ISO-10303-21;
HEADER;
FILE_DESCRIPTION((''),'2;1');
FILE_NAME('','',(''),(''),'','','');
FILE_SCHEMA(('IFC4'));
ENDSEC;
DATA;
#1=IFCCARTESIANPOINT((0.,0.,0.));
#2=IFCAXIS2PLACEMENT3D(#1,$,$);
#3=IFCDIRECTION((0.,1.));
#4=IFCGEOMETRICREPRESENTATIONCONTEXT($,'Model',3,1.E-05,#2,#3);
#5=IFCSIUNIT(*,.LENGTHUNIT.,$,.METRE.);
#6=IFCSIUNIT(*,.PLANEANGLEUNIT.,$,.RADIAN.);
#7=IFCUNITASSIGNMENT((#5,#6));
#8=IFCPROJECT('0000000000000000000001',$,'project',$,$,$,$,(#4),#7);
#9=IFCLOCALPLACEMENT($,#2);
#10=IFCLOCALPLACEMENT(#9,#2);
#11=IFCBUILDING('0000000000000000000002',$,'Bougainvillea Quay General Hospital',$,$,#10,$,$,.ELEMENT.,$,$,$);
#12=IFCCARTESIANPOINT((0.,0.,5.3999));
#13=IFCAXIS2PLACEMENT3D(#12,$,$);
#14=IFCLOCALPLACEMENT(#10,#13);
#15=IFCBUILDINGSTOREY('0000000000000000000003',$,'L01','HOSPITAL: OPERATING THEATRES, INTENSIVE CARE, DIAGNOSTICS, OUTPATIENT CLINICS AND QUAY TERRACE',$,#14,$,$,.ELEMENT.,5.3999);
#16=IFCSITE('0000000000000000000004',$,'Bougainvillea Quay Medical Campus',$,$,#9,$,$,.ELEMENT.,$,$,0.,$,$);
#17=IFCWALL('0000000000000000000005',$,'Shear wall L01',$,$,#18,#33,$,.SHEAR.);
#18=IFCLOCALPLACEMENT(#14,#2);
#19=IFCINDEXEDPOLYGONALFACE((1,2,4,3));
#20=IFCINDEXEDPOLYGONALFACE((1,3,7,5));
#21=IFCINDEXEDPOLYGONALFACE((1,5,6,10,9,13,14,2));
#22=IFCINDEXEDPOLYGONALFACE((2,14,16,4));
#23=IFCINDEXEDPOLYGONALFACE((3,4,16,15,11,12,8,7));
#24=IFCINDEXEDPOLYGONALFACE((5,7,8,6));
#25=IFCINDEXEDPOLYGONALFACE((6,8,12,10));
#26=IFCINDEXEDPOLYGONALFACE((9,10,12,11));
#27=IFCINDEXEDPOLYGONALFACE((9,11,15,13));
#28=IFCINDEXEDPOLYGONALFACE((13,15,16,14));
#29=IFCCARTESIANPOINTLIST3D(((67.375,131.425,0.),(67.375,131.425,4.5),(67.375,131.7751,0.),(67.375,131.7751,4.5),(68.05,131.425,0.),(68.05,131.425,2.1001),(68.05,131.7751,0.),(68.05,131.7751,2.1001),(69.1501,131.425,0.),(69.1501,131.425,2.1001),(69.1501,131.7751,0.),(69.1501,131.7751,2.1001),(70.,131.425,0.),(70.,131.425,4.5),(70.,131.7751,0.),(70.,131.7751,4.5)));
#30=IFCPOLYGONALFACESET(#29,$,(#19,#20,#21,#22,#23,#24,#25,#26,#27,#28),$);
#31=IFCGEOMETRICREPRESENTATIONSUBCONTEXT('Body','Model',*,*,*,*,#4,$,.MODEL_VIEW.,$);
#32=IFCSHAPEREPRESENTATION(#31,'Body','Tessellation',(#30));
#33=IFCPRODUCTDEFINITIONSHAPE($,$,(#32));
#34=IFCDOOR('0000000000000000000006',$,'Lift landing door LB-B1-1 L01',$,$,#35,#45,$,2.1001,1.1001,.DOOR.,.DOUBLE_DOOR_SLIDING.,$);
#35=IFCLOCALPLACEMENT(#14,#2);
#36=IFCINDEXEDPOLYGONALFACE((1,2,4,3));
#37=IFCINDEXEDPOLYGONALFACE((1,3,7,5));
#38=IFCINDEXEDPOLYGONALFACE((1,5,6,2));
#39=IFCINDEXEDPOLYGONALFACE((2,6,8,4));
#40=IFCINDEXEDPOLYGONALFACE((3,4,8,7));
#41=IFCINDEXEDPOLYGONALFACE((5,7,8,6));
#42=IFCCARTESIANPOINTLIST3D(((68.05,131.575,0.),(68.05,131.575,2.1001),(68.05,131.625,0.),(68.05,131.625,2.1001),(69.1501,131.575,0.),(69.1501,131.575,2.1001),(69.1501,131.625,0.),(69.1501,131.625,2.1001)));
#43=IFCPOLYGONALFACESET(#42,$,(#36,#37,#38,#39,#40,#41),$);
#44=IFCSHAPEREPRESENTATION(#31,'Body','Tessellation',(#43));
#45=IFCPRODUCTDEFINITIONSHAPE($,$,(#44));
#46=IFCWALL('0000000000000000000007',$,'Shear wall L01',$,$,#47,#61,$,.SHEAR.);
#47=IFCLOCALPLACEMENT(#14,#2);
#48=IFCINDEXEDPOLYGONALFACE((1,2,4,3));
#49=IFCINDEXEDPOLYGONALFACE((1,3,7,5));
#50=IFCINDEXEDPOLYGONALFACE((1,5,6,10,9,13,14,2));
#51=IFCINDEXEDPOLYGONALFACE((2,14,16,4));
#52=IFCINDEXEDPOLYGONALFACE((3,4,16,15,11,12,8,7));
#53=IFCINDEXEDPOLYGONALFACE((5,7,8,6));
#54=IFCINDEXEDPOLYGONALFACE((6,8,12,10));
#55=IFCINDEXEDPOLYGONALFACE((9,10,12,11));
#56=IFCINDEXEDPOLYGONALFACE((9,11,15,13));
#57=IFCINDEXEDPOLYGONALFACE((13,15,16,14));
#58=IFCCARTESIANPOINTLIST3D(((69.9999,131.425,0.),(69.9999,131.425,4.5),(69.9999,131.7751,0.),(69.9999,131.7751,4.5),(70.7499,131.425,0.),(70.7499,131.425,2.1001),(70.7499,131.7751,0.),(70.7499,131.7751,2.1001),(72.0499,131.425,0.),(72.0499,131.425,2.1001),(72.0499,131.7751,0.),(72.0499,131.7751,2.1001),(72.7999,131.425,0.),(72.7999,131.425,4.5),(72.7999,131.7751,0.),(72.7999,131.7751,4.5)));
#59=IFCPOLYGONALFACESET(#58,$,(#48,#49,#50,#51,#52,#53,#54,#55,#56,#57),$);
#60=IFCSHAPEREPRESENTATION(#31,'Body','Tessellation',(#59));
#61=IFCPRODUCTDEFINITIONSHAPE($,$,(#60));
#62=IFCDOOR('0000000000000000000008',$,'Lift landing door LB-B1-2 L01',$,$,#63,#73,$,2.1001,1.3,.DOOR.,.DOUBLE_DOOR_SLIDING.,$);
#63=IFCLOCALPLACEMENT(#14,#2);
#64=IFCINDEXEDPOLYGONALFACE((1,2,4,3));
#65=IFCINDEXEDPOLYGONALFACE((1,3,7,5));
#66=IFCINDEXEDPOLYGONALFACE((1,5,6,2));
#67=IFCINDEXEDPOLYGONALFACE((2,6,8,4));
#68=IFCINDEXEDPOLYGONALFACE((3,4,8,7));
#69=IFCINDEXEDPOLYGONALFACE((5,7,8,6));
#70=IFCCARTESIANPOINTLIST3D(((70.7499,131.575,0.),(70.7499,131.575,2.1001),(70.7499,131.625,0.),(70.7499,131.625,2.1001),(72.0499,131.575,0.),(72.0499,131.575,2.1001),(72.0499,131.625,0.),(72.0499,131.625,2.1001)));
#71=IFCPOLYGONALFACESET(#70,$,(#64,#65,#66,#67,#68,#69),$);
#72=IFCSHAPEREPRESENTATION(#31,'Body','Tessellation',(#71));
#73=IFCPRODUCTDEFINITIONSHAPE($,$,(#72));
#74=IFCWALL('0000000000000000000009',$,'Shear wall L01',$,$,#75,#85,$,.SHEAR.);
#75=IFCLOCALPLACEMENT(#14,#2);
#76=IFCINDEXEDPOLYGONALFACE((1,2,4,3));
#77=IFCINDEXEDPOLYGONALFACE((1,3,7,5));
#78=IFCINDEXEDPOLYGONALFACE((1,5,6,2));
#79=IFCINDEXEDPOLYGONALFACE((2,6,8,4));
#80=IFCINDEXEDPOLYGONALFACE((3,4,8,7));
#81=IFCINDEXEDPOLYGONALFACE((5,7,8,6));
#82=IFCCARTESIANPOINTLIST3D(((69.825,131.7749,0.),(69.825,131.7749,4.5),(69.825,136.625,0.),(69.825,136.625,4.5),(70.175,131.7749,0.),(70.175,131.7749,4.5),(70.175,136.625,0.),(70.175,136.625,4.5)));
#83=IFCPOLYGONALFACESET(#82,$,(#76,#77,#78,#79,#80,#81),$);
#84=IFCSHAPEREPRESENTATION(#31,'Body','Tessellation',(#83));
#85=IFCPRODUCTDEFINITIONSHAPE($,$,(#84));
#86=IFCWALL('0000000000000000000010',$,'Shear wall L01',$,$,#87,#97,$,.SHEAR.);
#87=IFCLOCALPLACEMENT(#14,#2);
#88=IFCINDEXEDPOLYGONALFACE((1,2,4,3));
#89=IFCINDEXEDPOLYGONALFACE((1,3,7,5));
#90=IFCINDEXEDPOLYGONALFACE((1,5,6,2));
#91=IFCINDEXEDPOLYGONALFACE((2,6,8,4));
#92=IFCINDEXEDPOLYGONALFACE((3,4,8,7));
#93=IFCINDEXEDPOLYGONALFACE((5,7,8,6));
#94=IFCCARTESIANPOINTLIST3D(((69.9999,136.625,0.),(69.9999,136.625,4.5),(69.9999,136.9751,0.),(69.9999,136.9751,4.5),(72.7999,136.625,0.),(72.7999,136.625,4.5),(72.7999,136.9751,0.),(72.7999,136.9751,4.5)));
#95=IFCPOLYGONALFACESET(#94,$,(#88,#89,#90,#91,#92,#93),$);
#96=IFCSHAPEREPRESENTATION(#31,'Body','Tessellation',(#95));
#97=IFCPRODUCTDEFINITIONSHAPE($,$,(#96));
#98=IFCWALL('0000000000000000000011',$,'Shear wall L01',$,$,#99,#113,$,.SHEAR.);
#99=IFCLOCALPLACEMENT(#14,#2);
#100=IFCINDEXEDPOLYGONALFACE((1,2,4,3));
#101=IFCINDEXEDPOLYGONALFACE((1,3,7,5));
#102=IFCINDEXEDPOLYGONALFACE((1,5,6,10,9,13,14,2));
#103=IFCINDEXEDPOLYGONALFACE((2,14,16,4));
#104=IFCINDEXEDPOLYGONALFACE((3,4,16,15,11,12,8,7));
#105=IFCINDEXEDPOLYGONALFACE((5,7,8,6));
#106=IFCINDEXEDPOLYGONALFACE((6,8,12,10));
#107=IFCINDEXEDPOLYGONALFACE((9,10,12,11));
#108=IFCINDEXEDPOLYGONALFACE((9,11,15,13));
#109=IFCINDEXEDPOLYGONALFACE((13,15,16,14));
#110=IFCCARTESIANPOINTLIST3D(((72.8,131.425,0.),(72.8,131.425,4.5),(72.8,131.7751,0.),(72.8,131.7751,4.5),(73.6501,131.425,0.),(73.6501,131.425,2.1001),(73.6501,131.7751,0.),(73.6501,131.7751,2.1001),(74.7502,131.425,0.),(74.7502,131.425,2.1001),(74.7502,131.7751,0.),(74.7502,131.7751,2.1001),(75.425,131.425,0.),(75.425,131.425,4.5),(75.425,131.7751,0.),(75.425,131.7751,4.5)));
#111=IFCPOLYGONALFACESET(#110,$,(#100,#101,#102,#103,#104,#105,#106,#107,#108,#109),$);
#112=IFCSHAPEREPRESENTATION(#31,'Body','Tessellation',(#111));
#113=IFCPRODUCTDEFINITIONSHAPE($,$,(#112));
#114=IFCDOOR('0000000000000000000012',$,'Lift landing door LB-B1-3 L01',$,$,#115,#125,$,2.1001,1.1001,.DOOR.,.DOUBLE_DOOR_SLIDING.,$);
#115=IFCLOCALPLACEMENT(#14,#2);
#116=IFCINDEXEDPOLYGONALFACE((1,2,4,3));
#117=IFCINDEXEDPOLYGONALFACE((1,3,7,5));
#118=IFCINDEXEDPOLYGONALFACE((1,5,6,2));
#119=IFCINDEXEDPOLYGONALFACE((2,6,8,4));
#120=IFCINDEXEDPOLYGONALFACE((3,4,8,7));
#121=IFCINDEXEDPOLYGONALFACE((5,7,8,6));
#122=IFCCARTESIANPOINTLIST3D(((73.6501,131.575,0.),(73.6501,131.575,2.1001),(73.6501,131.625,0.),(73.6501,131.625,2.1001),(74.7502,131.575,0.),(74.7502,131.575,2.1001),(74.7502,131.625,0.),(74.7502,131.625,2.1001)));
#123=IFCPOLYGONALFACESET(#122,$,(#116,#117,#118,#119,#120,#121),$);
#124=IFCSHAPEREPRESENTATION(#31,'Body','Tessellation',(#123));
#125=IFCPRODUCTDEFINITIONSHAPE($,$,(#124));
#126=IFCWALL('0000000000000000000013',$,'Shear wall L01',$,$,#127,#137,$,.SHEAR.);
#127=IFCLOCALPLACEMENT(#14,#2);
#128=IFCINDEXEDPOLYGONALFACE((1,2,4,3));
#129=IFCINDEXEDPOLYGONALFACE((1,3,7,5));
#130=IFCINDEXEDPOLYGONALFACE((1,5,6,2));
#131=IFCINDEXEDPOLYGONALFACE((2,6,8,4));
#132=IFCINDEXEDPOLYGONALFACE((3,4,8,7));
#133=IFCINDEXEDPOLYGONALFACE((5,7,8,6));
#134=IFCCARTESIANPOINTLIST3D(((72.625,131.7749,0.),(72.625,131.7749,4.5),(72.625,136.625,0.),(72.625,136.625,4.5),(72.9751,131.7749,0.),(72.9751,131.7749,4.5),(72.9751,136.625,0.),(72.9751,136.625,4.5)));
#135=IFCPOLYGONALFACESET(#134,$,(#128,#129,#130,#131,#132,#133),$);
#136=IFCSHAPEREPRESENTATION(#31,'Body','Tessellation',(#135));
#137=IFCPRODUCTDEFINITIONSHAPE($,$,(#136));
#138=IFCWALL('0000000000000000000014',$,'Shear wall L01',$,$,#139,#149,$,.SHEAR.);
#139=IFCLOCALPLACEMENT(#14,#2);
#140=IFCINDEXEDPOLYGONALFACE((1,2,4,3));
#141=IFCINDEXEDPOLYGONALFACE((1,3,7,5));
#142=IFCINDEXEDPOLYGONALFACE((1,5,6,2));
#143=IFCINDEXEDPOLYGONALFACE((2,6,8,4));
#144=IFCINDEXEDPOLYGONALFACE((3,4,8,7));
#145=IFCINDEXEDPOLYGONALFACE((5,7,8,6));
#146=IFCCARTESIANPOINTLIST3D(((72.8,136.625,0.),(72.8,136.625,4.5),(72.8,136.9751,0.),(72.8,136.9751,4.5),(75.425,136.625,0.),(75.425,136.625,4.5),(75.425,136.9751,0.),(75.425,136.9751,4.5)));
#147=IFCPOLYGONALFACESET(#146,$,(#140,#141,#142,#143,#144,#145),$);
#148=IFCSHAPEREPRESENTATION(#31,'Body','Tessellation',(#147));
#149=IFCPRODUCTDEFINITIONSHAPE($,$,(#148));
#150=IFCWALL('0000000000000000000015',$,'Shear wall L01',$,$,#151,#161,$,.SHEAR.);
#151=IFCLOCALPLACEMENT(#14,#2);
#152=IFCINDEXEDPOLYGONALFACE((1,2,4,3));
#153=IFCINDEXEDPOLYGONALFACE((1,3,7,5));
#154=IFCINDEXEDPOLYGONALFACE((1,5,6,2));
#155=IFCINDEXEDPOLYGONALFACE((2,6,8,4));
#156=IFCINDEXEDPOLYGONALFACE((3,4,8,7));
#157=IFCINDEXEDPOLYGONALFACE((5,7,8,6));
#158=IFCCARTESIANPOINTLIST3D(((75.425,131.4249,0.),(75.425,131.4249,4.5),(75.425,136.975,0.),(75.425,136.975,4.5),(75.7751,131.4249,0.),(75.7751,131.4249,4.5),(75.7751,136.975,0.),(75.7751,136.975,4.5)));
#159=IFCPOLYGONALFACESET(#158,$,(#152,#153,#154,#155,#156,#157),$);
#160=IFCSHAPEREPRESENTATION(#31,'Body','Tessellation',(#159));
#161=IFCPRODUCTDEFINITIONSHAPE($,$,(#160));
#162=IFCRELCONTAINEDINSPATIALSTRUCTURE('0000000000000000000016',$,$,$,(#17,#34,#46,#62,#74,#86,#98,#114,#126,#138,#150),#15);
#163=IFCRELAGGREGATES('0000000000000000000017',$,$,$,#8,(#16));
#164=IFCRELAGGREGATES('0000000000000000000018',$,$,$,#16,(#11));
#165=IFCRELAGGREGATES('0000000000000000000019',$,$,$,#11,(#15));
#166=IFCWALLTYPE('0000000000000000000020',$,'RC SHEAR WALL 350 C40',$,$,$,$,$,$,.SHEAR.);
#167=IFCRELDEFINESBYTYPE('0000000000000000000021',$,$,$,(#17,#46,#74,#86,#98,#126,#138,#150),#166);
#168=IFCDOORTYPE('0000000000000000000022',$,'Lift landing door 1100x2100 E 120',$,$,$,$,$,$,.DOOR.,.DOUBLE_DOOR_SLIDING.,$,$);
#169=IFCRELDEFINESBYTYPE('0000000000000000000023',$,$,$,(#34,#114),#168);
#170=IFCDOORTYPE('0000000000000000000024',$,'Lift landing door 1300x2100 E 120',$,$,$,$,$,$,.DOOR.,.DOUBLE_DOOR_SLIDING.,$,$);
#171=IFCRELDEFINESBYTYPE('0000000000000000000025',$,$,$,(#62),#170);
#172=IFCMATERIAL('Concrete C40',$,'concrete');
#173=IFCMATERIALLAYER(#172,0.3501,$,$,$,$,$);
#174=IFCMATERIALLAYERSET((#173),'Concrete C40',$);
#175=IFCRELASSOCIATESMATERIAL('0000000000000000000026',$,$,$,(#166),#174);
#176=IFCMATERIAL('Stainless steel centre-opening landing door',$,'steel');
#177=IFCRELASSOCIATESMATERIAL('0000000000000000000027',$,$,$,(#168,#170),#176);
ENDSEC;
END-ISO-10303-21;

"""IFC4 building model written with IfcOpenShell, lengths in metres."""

from ifc_helpers import new_model, si_unit, direction, frame, frame_2d, origin, place, context, subcontext, project, spatial, rectangle, extrude, material, layer, layer_set, type_object, element, fill, save


model = new_model("IFC4")

# Units and contexts
model_context = context("Model", 3, precision=1e-05, world=origin(), true_north=direction((0.0, 1.0)))
body_context = subcontext(model_context, "Body", "Model", "MODEL_VIEW")
ifc_project = project(units=[si_unit("LENGTHUNIT", "METRE"), si_unit("PLANEANGLEUNIT", "RADIAN")], contexts=[model_context])

# Site, building, storey
site_placement = place(None, origin())
site = spatial("IfcSite", under=ifc_project, at=site_placement, Name="Bougainvillea Quay Medical Campus", CompositionType="ELEMENT", RefElevation=0.0)
building_placement = place(site_placement, origin())
building = spatial("IfcBuilding", under=site, at=building_placement, Name="Bougainvillea Quay General Hospital", CompositionType="ELEMENT")
storey_placement = place(building_placement, frame((0.0, 0.0, 5.3999)))
storey = spatial("IfcBuildingStorey", under=building, at=storey_placement, Name="L01", Description="HOSPITAL: OPERATING THEATRES, INTENSIVE CARE, DIAGNOSTICS, OUTPATIENT CLINICS AND QUAY TERRACE", CompositionType="ELEMENT", Elevation=5.3999)

# Shared definitions
ifc_material_1 = material(Name="Concrete C40", Category="concrete")
ifc_layer_1 = layer(ifc_material_1, 0.3501)
ifc_layer_set_1 = layer_set([ifc_layer_1], Name="Concrete C40")
wall_type_1 = type_object("IfcWallType", Name="RC SHEAR WALL 350 C40", PredefinedType="SHEAR", material=ifc_layer_set_1)

# Walls, openings, doors
wall_1_placement = place(storey_placement, frame((67.375, 131.6001, 0.0), z_axis=(0.0, 0.0, 1.0), x_axis=(1.0, 0.0, 0.0)))
wall_1 = element("IfcWall", 1, at=wall_1_placement, inside=storey, type_object=wall_type_1, Name="Shear wall L01", PredefinedType="SHEAR", context=body_context, shape_type="SweptSolid", body=[
    extrude(rectangle(XDim=2.625, YDim=0.3501, at=frame_2d((1.3125, 0.0))), origin(), (0.0, 0.0, 1.0), 4.5),
])
opening_1_placement = place(wall_1_placement, frame((0.675, 0.0, 0.0)))
opening_1 = element("IfcOpeningElement", 2, at=opening_1_placement, cuts=wall_1, PredefinedType="OPENING", context=body_context, shape_type="SweptSolid", body=[
    extrude(rectangle(XDim=1.1001, YDim=2.1001, at=frame_2d((0.55, 1.05))), frame((0.0, 0.1851, 0.0), z_axis=(0.0, -1.0, 0.0), x_axis=(1.0, 0.0, 0.0)), (0.0, 0.0, 1.0), 0.3701),
])
ifc_material_2 = material(Name="Stainless steel centre-opening landing door", Category="steel")
door_type_1 = type_object("IfcDoorType", Name="Lift landing door 1100x2100 E 120", OperationType="DOUBLE_DOOR_SLIDING", PredefinedType="DOOR", material=ifc_material_2)
door_1_placement = place(opening_1_placement, origin())
door_1 = element("IfcDoor", 3, at=door_1_placement, inside=storey, type_object=door_type_1, Name="Lift landing door LB-B1-1 L01", OperationType="DOUBLE_DOOR_SLIDING", OverallHeight=2.1001, OverallWidth=1.1001, PredefinedType="DOOR", context=body_context, shape_type="SweptSolid", body=[
    extrude(rectangle(XDim=1.1001, YDim=2.1001, at=frame_2d((0.55, 1.05))), frame((0.0, 0.0249, 0.0), z_axis=(0.0, -1.0, 0.0), x_axis=(1.0, 0.0, 0.0)), (0.0, 0.0, 1.0), 0.05),
])
fill(opening_1, door_1)
wall_2_placement = place(storey_placement, frame((70.0, 131.6001, 0.0), z_axis=(0.0, 0.0, 1.0), x_axis=(1.0, 0.0, 0.0)))
wall_2 = element("IfcWall", 4, at=wall_2_placement, inside=storey, type_object=wall_type_1, Name="Shear wall L01", PredefinedType="SHEAR", context=body_context, shape_type="SweptSolid", body=[
    extrude(rectangle(XDim=2.8, YDim=0.3501, at=frame_2d((1.3999, 0.0))), origin(), (0.0, 0.0, 1.0), 4.5),
])
opening_2_placement = place(wall_2_placement, frame((0.75, 0.0, 0.0)))
opening_2 = element("IfcOpeningElement", 5, at=opening_2_placement, cuts=wall_2, PredefinedType="OPENING", context=body_context, shape_type="SweptSolid", body=[
    extrude(rectangle(XDim=1.3, YDim=2.1001, at=frame_2d((0.6499, 1.05))), frame((0.0, 0.1851, 0.0), z_axis=(0.0, -1.0, 0.0), x_axis=(1.0, 0.0, 0.0)), (0.0, 0.0, 1.0), 0.3701),
])
door_type_2 = type_object("IfcDoorType", Name="Lift landing door 1300x2100 E 120", OperationType="DOUBLE_DOOR_SLIDING", PredefinedType="DOOR", material=ifc_material_2)
door_2_placement = place(opening_2_placement, origin())
door_2 = element("IfcDoor", 6, at=door_2_placement, inside=storey, type_object=door_type_2, Name="Lift landing door LB-B1-2 L01", OperationType="DOUBLE_DOOR_SLIDING", OverallHeight=2.1001, OverallWidth=1.3, PredefinedType="DOOR", context=body_context, shape_type="SweptSolid", body=[
    extrude(rectangle(XDim=1.3, YDim=2.1001, at=frame_2d((0.6499, 1.05))), frame((0.0, 0.0249, 0.0), z_axis=(0.0, -1.0, 0.0), x_axis=(1.0, 0.0, 0.0)), (0.0, 0.0, 1.0), 0.05),
])
fill(opening_2, door_2)

# Walls
wall_3_placement = place(storey_placement, frame((70.0, 131.7749, 0.0), z_axis=(0.0, 0.0, 1.0), x_axis=(0.0, 1.0, 0.0)))
element("IfcWall", 7, at=wall_3_placement, inside=storey, type_object=wall_type_1, Name="Shear wall L01", PredefinedType="SHEAR", context=body_context, shape_type="SweptSolid", body=[
    extrude(rectangle(XDim=4.8501, YDim=0.3501, at=frame_2d((2.425, 0.0))), origin(), (0.0, 0.0, 1.0), 4.5),
])
wall_4_placement = place(storey_placement, frame((70.0, 136.8, 0.0), z_axis=(0.0, 0.0, 1.0), x_axis=(1.0, 0.0, 0.0)))
element("IfcWall", 8, at=wall_4_placement, inside=storey, type_object=wall_type_1, Name="Shear wall L01", PredefinedType="SHEAR", context=body_context, shape_type="SweptSolid", body=[
    extrude(rectangle(XDim=2.8, YDim=0.3501, at=frame_2d((1.3999, 0.0))), origin(), (0.0, 0.0, 1.0), 4.5),
])

# Wall, opening, door
wall_5_placement = place(storey_placement, frame((72.8, 131.6001, 0.0), z_axis=(0.0, 0.0, 1.0), x_axis=(1.0, 0.0, 0.0)))
wall_5 = element("IfcWall", 9, at=wall_5_placement, inside=storey, type_object=wall_type_1, Name="Shear wall L01", PredefinedType="SHEAR", context=body_context, shape_type="SweptSolid", body=[
    extrude(rectangle(XDim=2.625, YDim=0.3501, at=frame_2d((1.3125, 0.0))), origin(), (0.0, 0.0, 1.0), 4.5),
])
opening_3_placement = place(wall_5_placement, frame((0.8501, 0.0, 0.0)))
opening_3 = element("IfcOpeningElement", 10, at=opening_3_placement, cuts=wall_5, PredefinedType="OPENING", context=body_context, shape_type="SweptSolid", body=[
    extrude(rectangle(XDim=1.1001, YDim=2.1001, at=frame_2d((0.55, 1.05))), frame((0.0, 0.1851, 0.0), z_axis=(0.0, -1.0, 0.0), x_axis=(1.0, 0.0, 0.0)), (0.0, 0.0, 1.0), 0.3701),
])
door_3_placement = place(opening_3_placement, origin())
door_3 = element("IfcDoor", 11, at=door_3_placement, inside=storey, type_object=door_type_1, Name="Lift landing door LB-B1-3 L01", OperationType="DOUBLE_DOOR_SLIDING", OverallHeight=2.1001, OverallWidth=1.1001, PredefinedType="DOOR", context=body_context, shape_type="SweptSolid", body=[
    extrude(rectangle(XDim=1.1001, YDim=2.1001, at=frame_2d((0.55, 1.05))), frame((0.0, 0.0249, 0.0), z_axis=(0.0, -1.0, 0.0), x_axis=(1.0, 0.0, 0.0)), (0.0, 0.0, 1.0), 0.05),
])
fill(opening_3, door_3)

# Walls
wall_6_placement = place(storey_placement, frame((72.8, 131.7749, 0.0), z_axis=(0.0, 0.0, 1.0), x_axis=(0.0, 1.0, 0.0)))
element("IfcWall", 12, at=wall_6_placement, inside=storey, type_object=wall_type_1, Name="Shear wall L01", PredefinedType="SHEAR", context=body_context, shape_type="SweptSolid", body=[
    extrude(rectangle(XDim=4.8501, YDim=0.3501, at=frame_2d((2.425, 0.0))), origin(), (0.0, 0.0, 1.0), 4.5),
])
wall_7_placement = place(storey_placement, frame((72.8, 136.8, 0.0), z_axis=(0.0, 0.0, 1.0), x_axis=(1.0, 0.0, 0.0)))
element("IfcWall", 13, at=wall_7_placement, inside=storey, type_object=wall_type_1, Name="Shear wall L01", PredefinedType="SHEAR", context=body_context, shape_type="SweptSolid", body=[
    extrude(rectangle(XDim=2.625, YDim=0.3501, at=frame_2d((1.3125, 0.0))), origin(), (0.0, 0.0, 1.0), 4.5),
])
wall_8_placement = place(storey_placement, frame((75.6001, 131.425, 0.0), z_axis=(0.0, 0.0, 1.0), x_axis=(0.0, 1.0, 0.0)))
element("IfcWall", 14, at=wall_8_placement, inside=storey, type_object=wall_type_1, Name="Shear wall L01", PredefinedType="SHEAR", context=body_context, shape_type="SweptSolid", body=[
    extrude(rectangle(XDim=5.55, YDim=0.3501, at=frame_2d((2.7749, 0.0))), origin(), (0.0, 0.0, 1.0), 4.5),
])

save(model, "model.ifc")
